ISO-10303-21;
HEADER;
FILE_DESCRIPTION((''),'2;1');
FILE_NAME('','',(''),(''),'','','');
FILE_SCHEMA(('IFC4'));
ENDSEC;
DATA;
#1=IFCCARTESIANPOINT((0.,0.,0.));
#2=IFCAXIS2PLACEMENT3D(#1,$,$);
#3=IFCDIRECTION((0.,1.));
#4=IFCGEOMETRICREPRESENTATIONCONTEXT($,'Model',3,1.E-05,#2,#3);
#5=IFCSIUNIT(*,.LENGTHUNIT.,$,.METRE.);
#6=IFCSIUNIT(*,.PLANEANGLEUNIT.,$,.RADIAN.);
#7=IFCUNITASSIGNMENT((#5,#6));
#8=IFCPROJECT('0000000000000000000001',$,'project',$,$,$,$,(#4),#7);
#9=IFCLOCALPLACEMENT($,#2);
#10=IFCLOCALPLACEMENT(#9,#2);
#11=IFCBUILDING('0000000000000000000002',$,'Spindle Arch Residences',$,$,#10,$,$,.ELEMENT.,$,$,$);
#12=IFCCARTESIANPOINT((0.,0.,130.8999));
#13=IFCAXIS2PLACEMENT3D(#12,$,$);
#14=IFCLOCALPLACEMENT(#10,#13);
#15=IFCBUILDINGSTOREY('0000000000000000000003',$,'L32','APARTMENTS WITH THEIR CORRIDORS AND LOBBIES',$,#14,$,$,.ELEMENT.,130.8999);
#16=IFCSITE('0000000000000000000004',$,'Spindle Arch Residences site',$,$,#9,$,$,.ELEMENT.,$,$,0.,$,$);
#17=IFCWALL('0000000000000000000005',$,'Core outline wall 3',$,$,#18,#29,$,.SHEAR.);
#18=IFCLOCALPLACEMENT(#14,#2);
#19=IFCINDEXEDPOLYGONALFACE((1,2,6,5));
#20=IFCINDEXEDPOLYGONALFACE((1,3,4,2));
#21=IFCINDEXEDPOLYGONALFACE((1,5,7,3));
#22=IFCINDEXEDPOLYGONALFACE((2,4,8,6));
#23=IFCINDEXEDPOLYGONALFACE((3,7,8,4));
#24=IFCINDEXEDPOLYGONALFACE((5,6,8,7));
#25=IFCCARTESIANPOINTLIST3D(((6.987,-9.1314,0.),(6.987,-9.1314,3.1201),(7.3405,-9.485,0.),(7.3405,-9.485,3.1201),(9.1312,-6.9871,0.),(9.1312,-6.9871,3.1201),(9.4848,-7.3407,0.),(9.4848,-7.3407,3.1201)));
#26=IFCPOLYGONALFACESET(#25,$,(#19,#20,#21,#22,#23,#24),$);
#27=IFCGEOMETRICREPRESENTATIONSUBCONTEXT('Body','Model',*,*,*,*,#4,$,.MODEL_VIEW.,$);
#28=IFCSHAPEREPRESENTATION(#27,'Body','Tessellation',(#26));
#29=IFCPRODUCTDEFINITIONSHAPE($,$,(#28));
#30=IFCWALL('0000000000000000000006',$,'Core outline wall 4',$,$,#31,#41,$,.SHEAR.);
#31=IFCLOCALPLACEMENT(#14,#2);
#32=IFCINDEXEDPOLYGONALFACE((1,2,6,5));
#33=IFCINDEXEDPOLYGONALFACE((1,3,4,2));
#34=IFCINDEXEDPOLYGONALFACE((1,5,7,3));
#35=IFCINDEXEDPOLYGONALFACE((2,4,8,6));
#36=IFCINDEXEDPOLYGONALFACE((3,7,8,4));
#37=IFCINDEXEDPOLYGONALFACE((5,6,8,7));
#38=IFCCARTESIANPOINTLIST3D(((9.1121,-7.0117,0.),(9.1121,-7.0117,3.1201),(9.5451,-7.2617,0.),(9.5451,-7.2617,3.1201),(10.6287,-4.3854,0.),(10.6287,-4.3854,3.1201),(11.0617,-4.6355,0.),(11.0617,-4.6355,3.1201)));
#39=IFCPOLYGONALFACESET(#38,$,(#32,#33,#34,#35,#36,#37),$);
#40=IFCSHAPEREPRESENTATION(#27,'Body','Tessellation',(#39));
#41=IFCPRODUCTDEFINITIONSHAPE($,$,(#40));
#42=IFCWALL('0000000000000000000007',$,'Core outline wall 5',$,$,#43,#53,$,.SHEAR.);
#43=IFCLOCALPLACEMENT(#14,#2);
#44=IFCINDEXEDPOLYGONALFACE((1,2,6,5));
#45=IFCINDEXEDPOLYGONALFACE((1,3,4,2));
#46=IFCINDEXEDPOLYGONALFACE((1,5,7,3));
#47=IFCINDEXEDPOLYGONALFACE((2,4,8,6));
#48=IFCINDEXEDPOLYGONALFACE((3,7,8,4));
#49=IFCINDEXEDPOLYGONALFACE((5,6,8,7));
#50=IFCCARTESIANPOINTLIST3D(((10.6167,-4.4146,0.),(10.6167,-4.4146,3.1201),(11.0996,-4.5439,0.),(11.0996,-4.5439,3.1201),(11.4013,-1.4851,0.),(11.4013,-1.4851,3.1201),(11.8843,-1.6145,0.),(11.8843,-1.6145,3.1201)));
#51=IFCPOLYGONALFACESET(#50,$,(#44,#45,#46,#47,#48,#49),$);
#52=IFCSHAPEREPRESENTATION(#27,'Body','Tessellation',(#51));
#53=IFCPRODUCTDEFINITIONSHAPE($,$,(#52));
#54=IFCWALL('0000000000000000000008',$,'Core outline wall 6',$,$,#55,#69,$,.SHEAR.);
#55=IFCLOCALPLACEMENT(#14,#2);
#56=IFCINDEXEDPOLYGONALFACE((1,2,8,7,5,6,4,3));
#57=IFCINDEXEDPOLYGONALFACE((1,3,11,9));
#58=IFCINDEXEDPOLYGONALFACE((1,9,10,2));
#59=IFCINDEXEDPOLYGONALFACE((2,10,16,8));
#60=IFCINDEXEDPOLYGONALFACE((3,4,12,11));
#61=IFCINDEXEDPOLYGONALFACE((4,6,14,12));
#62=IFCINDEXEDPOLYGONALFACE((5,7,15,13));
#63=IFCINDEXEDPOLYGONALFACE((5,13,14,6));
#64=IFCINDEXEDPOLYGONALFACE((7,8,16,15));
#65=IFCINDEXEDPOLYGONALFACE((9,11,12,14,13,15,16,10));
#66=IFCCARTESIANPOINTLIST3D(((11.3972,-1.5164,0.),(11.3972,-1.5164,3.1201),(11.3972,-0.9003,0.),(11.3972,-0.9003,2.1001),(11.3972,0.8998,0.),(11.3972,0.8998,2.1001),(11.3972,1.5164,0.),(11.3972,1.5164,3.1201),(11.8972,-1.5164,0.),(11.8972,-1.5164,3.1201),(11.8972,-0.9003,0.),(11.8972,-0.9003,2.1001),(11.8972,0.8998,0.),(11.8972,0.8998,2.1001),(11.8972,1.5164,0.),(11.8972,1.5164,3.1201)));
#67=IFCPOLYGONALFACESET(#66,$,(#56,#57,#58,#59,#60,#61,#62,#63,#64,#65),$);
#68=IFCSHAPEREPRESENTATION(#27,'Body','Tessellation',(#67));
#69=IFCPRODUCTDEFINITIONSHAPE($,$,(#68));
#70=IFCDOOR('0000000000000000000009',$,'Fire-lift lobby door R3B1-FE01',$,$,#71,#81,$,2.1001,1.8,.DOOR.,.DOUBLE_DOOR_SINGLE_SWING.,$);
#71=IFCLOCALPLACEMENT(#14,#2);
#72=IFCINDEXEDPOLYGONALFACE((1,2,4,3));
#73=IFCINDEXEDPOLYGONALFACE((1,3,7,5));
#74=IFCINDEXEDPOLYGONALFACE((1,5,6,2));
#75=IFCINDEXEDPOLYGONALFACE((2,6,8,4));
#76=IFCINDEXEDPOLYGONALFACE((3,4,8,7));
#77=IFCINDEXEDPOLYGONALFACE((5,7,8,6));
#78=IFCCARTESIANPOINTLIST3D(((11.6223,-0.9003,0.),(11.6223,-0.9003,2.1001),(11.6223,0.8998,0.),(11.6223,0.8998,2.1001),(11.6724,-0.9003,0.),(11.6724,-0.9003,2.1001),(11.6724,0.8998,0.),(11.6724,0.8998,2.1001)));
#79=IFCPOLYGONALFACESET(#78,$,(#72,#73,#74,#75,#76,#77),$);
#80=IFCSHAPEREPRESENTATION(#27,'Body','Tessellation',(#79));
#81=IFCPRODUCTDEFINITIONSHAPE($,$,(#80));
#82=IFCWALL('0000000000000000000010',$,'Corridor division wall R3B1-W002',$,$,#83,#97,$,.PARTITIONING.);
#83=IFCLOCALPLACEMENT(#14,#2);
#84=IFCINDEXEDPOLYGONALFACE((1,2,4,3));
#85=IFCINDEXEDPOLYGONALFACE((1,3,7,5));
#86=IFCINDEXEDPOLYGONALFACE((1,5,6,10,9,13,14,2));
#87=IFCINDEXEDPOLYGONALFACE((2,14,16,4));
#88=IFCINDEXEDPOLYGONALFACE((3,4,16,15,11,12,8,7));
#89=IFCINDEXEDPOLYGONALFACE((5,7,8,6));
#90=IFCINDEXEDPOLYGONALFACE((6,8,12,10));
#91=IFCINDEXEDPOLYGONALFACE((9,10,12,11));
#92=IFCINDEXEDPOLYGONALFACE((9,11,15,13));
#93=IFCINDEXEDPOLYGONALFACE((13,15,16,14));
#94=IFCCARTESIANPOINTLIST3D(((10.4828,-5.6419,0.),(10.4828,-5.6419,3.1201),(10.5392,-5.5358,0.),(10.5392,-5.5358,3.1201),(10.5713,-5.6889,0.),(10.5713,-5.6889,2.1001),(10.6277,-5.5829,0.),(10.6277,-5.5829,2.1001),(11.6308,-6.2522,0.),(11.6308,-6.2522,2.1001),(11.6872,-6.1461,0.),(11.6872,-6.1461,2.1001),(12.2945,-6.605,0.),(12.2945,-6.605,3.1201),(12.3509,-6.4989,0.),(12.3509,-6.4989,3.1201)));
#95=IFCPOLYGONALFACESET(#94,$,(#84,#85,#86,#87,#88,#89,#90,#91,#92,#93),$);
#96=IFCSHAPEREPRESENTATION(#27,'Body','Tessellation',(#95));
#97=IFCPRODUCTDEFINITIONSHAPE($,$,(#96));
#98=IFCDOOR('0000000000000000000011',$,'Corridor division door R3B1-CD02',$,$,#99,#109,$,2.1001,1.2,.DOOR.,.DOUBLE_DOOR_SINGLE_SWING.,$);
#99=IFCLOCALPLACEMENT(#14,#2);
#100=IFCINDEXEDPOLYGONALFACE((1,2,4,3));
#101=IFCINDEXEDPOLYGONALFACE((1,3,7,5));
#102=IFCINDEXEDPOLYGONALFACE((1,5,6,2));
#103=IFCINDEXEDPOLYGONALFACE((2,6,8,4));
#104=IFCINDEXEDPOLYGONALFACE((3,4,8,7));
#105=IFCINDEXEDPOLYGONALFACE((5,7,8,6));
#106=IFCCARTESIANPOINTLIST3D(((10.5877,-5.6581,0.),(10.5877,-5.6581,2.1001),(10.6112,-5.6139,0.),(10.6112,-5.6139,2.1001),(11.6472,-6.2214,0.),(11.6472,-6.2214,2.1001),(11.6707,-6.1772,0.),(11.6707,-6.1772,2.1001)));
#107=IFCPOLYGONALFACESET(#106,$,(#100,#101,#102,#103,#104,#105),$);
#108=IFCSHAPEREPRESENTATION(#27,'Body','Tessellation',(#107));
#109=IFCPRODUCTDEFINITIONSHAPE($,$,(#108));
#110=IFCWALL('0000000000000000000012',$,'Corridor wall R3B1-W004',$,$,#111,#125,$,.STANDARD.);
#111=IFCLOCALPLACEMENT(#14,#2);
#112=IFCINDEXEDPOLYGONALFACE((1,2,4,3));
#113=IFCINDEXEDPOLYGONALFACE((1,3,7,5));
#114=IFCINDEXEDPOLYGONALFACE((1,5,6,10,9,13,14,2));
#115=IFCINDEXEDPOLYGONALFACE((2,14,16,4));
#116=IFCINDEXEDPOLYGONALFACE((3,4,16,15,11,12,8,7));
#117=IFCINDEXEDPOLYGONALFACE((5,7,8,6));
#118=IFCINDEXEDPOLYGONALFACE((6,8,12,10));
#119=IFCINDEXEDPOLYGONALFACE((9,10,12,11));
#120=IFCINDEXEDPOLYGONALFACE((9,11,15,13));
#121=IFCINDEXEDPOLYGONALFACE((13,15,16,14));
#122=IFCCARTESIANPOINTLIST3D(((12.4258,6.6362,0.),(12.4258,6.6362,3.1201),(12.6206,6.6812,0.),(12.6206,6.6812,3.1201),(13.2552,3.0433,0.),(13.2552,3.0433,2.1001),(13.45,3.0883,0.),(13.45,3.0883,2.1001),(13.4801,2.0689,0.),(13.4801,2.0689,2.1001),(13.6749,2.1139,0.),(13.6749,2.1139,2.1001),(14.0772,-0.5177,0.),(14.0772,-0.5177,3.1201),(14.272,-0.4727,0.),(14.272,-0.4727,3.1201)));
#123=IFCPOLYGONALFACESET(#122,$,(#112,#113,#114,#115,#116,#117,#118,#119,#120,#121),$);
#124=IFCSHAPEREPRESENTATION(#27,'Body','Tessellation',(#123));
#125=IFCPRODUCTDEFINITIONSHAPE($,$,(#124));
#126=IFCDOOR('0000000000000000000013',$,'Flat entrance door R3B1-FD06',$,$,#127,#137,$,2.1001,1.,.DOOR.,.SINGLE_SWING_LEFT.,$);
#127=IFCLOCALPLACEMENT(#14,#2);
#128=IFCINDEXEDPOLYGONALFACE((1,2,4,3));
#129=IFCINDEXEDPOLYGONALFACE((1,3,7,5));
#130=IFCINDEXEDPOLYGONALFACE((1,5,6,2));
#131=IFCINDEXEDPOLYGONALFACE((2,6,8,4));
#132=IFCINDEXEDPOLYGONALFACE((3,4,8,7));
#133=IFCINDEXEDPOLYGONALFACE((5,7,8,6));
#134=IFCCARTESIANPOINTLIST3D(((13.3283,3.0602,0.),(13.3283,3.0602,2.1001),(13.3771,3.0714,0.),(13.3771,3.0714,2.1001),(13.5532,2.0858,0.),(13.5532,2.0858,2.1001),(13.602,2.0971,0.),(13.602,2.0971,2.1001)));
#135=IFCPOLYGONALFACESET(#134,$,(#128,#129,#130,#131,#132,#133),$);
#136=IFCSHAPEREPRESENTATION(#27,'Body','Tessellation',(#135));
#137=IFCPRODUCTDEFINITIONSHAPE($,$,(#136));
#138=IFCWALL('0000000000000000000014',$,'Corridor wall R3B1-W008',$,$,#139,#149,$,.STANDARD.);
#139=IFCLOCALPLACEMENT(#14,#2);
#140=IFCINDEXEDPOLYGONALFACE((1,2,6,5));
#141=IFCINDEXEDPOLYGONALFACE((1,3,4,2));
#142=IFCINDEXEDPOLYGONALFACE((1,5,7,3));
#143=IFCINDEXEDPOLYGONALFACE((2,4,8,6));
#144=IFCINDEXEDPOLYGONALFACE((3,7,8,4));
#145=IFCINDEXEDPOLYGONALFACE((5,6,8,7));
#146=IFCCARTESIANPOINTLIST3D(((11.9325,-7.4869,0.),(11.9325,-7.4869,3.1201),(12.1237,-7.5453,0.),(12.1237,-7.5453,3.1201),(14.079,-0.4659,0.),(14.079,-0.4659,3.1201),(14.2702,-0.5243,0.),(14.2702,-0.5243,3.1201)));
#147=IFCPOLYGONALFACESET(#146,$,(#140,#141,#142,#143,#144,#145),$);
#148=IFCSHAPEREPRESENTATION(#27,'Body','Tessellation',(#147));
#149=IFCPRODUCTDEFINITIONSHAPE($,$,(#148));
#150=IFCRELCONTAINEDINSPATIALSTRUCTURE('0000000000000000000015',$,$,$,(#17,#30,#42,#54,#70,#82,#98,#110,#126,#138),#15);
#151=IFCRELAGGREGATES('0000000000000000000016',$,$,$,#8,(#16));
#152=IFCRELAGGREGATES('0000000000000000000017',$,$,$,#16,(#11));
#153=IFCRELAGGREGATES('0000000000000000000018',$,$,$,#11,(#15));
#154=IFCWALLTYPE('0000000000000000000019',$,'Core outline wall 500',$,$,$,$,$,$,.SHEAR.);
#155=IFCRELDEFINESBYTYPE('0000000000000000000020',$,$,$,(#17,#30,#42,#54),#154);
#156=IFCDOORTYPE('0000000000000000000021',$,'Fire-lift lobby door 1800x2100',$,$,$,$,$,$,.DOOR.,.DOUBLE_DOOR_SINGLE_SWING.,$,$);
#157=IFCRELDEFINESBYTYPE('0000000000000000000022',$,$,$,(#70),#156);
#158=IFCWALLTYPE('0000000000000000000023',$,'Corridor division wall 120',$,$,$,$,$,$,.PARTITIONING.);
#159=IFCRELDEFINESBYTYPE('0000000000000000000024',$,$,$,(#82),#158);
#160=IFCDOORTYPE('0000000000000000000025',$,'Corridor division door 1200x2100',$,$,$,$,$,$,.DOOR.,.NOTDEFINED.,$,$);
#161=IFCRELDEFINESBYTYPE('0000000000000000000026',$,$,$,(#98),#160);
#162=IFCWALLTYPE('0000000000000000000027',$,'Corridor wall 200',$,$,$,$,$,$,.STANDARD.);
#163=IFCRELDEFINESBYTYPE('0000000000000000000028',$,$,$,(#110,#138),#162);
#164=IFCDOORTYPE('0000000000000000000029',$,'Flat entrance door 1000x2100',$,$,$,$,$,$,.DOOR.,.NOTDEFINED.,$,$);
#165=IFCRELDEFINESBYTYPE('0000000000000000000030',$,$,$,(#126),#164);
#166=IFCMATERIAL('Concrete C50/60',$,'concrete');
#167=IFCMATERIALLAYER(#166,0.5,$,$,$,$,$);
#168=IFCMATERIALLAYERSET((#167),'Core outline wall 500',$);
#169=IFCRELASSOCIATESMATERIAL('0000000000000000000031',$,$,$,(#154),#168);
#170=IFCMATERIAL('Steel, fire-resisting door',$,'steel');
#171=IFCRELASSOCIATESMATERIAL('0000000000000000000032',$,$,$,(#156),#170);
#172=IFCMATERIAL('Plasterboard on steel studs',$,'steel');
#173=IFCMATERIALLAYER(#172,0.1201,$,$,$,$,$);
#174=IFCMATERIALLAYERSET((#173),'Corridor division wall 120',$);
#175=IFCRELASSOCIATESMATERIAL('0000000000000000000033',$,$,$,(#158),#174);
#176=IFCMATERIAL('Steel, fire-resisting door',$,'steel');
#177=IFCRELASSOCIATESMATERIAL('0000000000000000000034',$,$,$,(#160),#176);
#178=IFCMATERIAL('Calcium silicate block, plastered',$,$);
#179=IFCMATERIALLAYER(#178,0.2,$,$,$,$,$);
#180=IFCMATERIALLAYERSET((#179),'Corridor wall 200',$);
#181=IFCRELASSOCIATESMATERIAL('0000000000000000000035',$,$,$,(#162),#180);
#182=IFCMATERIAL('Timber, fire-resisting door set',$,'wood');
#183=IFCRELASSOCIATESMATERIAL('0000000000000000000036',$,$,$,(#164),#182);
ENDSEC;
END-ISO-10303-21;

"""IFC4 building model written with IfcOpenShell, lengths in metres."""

from ifc_helpers import new_model, si_unit, direction, frame, frame_2d, origin, place, context, subcontext, project, spatial, rectangle, extrude, material, layer, layer_set, type_object, element, fill, save


model = new_model("IFC4")

# Units and contexts
model_context = context("Model", 3, precision=1e-05, world=origin(), true_north=direction((0.0, 1.0)))
body_context = subcontext(model_context, "Body", "Model", "MODEL_VIEW")
ifc_project = project(units=[si_unit("LENGTHUNIT", "METRE"), si_unit("PLANEANGLEUNIT", "RADIAN")], contexts=[model_context])

# Site, building, storey
site_placement = place(None, origin())
site = spatial("IfcSite", under=ifc_project, at=site_placement, Name="Spindle Arch Residences site", CompositionType="ELEMENT", RefElevation=0.0)
building_placement = place(site_placement, origin())
building = spatial("IfcBuilding", under=site, at=building_placement, Name="Spindle Arch Residences", CompositionType="ELEMENT")
storey_placement = place(building_placement, frame((0.0, 0.0, 130.8999)))
storey = spatial("IfcBuildingStorey", under=building, at=storey_placement, Name="L32", Description="APARTMENTS WITH THEIR CORRIDORS AND LOBBIES", CompositionType="ELEMENT", Elevation=130.8999)

# Walls
ifc_material_1 = material(Name="Concrete C50/60", Category="concrete")
ifc_layer_1 = layer(ifc_material_1, 0.5)
ifc_layer_set_1 = layer_set([ifc_layer_1], Name="Core outline wall 500")
wall_type_1 = type_object("IfcWallType", Name="Core outline wall 500", PredefinedType="SHEAR", material=ifc_layer_set_1)
wall_1_placement = place(storey_placement, frame((7.1638, -9.3081, 0.0), z_axis=(0.0, 0.0, 1.0), x_axis=(0.707107, 0.707107, 0.0)))
element("IfcWall", 1, at=wall_1_placement, inside=storey, type_object=wall_type_1, Name="Core outline wall 3", PredefinedType="SHEAR", context=body_context, shape_type="SweptSolid", body=[
    extrude(rectangle(XDim=3.0325, YDim=0.5, at=frame_2d((1.5161, 0.0))), origin(), (0.0, 0.0, 1.0), 3.1201),
])
for number, where, z_axis, x_axis, name in (
    (2, (9.3286, -7.1367, 0.0), (0.0, 0.0, 1.0), (0.500087, 0.865975, 0.0), "Core outline wall 4"),
    (3, (10.8582, -4.4792, 0.0), (0.0, 0.0, 1.0), (0.258735, 0.965948, 0.0), "Core outline wall 5"),
):
    element("IfcWall", number, at=place(storey_placement, frame(where, z_axis=z_axis, x_axis=x_axis)), inside=storey, type_object=wall_type_1, Name=name, PredefinedType="SHEAR", context=body_context, shape_type="SweptSolid", body=[
        extrude(rectangle(XDim=3.0327, YDim=0.5, at=frame_2d((1.5164, 0.0))), origin(), (0.0, 0.0, 1.0), 3.1201),
    ])

# Walls, openings, doors
wall_2_placement = place(storey_placement, frame((11.6472, -1.5164, 0.0), z_axis=(0.0, 0.0, 1.0), x_axis=(0.0, 1.0, 0.0)))
wall_2 = element("IfcWall", 4, at=wall_2_placement, inside=storey, type_object=wall_type_1, Name="Core outline wall 6", PredefinedType="SHEAR", context=body_context, shape_type="SweptSolid", body=[
    extrude(rectangle(XDim=3.0327, YDim=0.5, at=frame_2d((1.5164, 0.0))), origin(), (0.0, 0.0, 1.0), 3.1201),
])
opening_1_placement = place(wall_2_placement, frame((0.6162, 0.0, 0.0)))
opening_1 = element("IfcOpeningElement", 5, at=opening_1_placement, cuts=wall_2, PredefinedType="OPENING", context=body_context, shape_type="SweptSolid", body=[
    extrude(rectangle(XDim=1.8, YDim=2.1001, at=frame_2d((0.8999, 1.05))), frame((0.0, 0.26, 0.0), z_axis=(0.0, -1.0, 0.0), x_axis=(1.0, 0.0, 0.0)), (0.0, 0.0, 1.0), 0.52),
])
ifc_material_2 = material(Name="Steel, fire-resisting door", Category="steel")
door_type_1 = type_object("IfcDoorType", Name="Fire-lift lobby door 1800x2100", OperationType="DOUBLE_DOOR_SINGLE_SWING", PredefinedType="DOOR", material=ifc_material_2)
door_1_placement = place(opening_1_placement, origin())
door_1 = element("IfcDoor", 6, at=door_1_placement, inside=storey, type_object=door_type_1, Name="Fire-lift lobby door R3B1-FE01", OperationType="DOUBLE_DOOR_SINGLE_SWING", OverallHeight=2.1001, OverallWidth=1.8, PredefinedType="DOOR", context=body_context, shape_type="SweptSolid", body=[
    extrude(rectangle(XDim=1.8, YDim=2.1001, at=frame_2d((0.8999, 1.05))), frame((0.0, 0.0249, 0.0), z_axis=(0.0, -1.0, 0.0), x_axis=(1.0, 0.0, 0.0)), (0.0, 0.0, 1.0), 0.05),
])
fill(opening_1, door_1)
ifc_material_3 = material(Name="Plasterboard on steel studs", Category="steel")
ifc_layer_2 = layer(ifc_material_3, 0.1201)
ifc_layer_set_2 = layer_set([ifc_layer_2], Name="Corridor division wall 120")
wall_type_2 = type_object("IfcWallType", Name="Corridor division wall 120", PredefinedType="PARTITIONING", material=ifc_layer_set_2)
wall_3_placement = place(storey_placement, frame((10.511, -5.5889, 0.0), z_axis=(0.0, 0.0, 1.0), x_axis=(0.882988, -0.469396, 0.0)))
wall_3 = element("IfcWall", 7, at=wall_3_placement, inside=storey, type_object=wall_type_2, Name="Corridor division wall R3B1-W002", PredefinedType="PARTITIONING", context=body_context, shape_type="SweptSolid", body=[
    extrude(rectangle(XDim=2.0518, YDim=0.1201, at=frame_2d((1.0259, 0.0))), origin(), (0.0, 0.0, 1.0), 3.1201),
])
opening_2_placement = place(wall_3_placement, frame((0.1001, 0.0, 0.0)))
opening_2 = element("IfcOpeningElement", 8, at=opening_2_placement, cuts=wall_3, PredefinedType="OPENING", context=body_context, shape_type="SweptSolid", body=[
    extrude(rectangle(XDim=1.2, YDim=2.1001, at=frame_2d((0.6001, 1.05))), frame((0.0, 0.0701, 0.0), z_axis=(0.0, -1.0, 0.0), x_axis=(1.0, 0.0, 0.0)), (0.0, 0.0, 1.0), 0.1401),
])
ifc_material_4 = material(Name="Steel, fire-resisting door", Category="steel")
door_type_2 = type_object("IfcDoorType", Name="Corridor division door 1200x2100", OperationType="NOTDEFINED", PredefinedType="DOOR", material=ifc_material_4)
door_2_placement = place(opening_2_placement, origin())
door_2 = element("IfcDoor", 9, at=door_2_placement, inside=storey, type_object=door_type_2, Name="Corridor division door R3B1-CD02", OperationType="DOUBLE_DOOR_SINGLE_SWING", OverallHeight=2.1001, OverallWidth=1.2, PredefinedType="DOOR", context=body_context, shape_type="SweptSolid", body=[
    extrude(rectangle(XDim=1.2, YDim=2.1001, at=frame_2d((0.6001, 1.05))), frame((0.0, 0.0249, 0.0), z_axis=(0.0, -1.0, 0.0), x_axis=(1.0, 0.0, 0.0)), (0.0, 0.0, 1.0), 0.05),
])
fill(opening_2, door_2)
ifc_material_5 = material(Name="Calcium silicate block, plastered")
ifc_layer_3 = layer(ifc_material_5, 0.2)
ifc_layer_set_3 = layer_set([ifc_layer_3], Name="Corridor wall 200")
wall_type_3 = type_object("IfcWallType", Name="Corridor wall 200", PredefinedType="STANDARD", material=ifc_layer_set_3)
wall_4_placement = place(storey_placement, frame((14.1746, -0.4951, 0.0), z_axis=(0.0, 0.0, 1.0), x_axis=(-0.224923, 0.974377, 0.0)))
wall_4 = element("IfcWall", 10, at=wall_4_placement, inside=storey, type_object=wall_type_3, Name="Corridor wall R3B1-W004", PredefinedType="STANDARD", context=body_context, shape_type="SweptSolid", body=[
    extrude(rectangle(XDim=7.342, YDim=0.2, at=frame_2d((3.6709, 0.0))), origin(), (0.0, 0.0, 1.0), 3.1201),
])
opening_3_placement = place(wall_4_placement, frame((2.6545, 0.0, 0.0)))
opening_3 = element("IfcOpeningElement", 11, at=opening_3_placement, cuts=wall_4, PredefinedType="OPENING", context=body_context, shape_type="SweptSolid", body=[
    extrude(rectangle(XDim=1.0, YDim=2.1001, at=frame_2d((0.5, 1.05))), frame((0.0, 0.1099, 0.0), z_axis=(0.0, -1.0, 0.0), x_axis=(1.0, 0.0, 0.0)), (0.0, 0.0, 1.0), 0.22),
])
ifc_material_6 = material(Name="Timber, fire-resisting door set", Category="wood")
door_type_3 = type_object("IfcDoorType", Name="Flat entrance door 1000x2100", OperationType="NOTDEFINED", PredefinedType="DOOR", material=ifc_material_6)
door_3_placement = place(opening_3_placement, origin())
door_3 = element("IfcDoor", 12, at=door_3_placement, inside=storey, type_object=door_type_3, Name="Flat entrance door R3B1-FD06", OperationType="SINGLE_SWING_LEFT", OverallHeight=2.1001, OverallWidth=1.0, PredefinedType="DOOR", context=body_context, shape_type="SweptSolid", body=[
    extrude(rectangle(XDim=1.0, YDim=2.1001, at=frame_2d((0.5, 1.05))), frame((0.0, 0.0249, 0.0), z_axis=(0.0, -1.0, 0.0), x_axis=(1.0, 0.0, 0.0)), (0.0, 0.0, 1.0), 0.05),
])
fill(opening_3, door_3)

# Wall
wall_5_placement = place(storey_placement, frame((12.0281, -7.5161, 0.0), z_axis=(0.0, 0.0, 1.0), x_axis=(0.292366, 0.956307, 0.0)))
element("IfcWall", 13, at=wall_5_placement, inside=storey, type_object=wall_type_3, Name="Corridor wall R3B1-W008", PredefinedType="STANDARD", context=body_context, shape_type="SweptSolid", body=[
    extrude(rectangle(XDim=7.3418, YDim=0.2, at=frame_2d((3.6709, 0.0))), origin(), (0.0, 0.0, 1.0), 3.1201),
])

save(model, "model.ifc")
